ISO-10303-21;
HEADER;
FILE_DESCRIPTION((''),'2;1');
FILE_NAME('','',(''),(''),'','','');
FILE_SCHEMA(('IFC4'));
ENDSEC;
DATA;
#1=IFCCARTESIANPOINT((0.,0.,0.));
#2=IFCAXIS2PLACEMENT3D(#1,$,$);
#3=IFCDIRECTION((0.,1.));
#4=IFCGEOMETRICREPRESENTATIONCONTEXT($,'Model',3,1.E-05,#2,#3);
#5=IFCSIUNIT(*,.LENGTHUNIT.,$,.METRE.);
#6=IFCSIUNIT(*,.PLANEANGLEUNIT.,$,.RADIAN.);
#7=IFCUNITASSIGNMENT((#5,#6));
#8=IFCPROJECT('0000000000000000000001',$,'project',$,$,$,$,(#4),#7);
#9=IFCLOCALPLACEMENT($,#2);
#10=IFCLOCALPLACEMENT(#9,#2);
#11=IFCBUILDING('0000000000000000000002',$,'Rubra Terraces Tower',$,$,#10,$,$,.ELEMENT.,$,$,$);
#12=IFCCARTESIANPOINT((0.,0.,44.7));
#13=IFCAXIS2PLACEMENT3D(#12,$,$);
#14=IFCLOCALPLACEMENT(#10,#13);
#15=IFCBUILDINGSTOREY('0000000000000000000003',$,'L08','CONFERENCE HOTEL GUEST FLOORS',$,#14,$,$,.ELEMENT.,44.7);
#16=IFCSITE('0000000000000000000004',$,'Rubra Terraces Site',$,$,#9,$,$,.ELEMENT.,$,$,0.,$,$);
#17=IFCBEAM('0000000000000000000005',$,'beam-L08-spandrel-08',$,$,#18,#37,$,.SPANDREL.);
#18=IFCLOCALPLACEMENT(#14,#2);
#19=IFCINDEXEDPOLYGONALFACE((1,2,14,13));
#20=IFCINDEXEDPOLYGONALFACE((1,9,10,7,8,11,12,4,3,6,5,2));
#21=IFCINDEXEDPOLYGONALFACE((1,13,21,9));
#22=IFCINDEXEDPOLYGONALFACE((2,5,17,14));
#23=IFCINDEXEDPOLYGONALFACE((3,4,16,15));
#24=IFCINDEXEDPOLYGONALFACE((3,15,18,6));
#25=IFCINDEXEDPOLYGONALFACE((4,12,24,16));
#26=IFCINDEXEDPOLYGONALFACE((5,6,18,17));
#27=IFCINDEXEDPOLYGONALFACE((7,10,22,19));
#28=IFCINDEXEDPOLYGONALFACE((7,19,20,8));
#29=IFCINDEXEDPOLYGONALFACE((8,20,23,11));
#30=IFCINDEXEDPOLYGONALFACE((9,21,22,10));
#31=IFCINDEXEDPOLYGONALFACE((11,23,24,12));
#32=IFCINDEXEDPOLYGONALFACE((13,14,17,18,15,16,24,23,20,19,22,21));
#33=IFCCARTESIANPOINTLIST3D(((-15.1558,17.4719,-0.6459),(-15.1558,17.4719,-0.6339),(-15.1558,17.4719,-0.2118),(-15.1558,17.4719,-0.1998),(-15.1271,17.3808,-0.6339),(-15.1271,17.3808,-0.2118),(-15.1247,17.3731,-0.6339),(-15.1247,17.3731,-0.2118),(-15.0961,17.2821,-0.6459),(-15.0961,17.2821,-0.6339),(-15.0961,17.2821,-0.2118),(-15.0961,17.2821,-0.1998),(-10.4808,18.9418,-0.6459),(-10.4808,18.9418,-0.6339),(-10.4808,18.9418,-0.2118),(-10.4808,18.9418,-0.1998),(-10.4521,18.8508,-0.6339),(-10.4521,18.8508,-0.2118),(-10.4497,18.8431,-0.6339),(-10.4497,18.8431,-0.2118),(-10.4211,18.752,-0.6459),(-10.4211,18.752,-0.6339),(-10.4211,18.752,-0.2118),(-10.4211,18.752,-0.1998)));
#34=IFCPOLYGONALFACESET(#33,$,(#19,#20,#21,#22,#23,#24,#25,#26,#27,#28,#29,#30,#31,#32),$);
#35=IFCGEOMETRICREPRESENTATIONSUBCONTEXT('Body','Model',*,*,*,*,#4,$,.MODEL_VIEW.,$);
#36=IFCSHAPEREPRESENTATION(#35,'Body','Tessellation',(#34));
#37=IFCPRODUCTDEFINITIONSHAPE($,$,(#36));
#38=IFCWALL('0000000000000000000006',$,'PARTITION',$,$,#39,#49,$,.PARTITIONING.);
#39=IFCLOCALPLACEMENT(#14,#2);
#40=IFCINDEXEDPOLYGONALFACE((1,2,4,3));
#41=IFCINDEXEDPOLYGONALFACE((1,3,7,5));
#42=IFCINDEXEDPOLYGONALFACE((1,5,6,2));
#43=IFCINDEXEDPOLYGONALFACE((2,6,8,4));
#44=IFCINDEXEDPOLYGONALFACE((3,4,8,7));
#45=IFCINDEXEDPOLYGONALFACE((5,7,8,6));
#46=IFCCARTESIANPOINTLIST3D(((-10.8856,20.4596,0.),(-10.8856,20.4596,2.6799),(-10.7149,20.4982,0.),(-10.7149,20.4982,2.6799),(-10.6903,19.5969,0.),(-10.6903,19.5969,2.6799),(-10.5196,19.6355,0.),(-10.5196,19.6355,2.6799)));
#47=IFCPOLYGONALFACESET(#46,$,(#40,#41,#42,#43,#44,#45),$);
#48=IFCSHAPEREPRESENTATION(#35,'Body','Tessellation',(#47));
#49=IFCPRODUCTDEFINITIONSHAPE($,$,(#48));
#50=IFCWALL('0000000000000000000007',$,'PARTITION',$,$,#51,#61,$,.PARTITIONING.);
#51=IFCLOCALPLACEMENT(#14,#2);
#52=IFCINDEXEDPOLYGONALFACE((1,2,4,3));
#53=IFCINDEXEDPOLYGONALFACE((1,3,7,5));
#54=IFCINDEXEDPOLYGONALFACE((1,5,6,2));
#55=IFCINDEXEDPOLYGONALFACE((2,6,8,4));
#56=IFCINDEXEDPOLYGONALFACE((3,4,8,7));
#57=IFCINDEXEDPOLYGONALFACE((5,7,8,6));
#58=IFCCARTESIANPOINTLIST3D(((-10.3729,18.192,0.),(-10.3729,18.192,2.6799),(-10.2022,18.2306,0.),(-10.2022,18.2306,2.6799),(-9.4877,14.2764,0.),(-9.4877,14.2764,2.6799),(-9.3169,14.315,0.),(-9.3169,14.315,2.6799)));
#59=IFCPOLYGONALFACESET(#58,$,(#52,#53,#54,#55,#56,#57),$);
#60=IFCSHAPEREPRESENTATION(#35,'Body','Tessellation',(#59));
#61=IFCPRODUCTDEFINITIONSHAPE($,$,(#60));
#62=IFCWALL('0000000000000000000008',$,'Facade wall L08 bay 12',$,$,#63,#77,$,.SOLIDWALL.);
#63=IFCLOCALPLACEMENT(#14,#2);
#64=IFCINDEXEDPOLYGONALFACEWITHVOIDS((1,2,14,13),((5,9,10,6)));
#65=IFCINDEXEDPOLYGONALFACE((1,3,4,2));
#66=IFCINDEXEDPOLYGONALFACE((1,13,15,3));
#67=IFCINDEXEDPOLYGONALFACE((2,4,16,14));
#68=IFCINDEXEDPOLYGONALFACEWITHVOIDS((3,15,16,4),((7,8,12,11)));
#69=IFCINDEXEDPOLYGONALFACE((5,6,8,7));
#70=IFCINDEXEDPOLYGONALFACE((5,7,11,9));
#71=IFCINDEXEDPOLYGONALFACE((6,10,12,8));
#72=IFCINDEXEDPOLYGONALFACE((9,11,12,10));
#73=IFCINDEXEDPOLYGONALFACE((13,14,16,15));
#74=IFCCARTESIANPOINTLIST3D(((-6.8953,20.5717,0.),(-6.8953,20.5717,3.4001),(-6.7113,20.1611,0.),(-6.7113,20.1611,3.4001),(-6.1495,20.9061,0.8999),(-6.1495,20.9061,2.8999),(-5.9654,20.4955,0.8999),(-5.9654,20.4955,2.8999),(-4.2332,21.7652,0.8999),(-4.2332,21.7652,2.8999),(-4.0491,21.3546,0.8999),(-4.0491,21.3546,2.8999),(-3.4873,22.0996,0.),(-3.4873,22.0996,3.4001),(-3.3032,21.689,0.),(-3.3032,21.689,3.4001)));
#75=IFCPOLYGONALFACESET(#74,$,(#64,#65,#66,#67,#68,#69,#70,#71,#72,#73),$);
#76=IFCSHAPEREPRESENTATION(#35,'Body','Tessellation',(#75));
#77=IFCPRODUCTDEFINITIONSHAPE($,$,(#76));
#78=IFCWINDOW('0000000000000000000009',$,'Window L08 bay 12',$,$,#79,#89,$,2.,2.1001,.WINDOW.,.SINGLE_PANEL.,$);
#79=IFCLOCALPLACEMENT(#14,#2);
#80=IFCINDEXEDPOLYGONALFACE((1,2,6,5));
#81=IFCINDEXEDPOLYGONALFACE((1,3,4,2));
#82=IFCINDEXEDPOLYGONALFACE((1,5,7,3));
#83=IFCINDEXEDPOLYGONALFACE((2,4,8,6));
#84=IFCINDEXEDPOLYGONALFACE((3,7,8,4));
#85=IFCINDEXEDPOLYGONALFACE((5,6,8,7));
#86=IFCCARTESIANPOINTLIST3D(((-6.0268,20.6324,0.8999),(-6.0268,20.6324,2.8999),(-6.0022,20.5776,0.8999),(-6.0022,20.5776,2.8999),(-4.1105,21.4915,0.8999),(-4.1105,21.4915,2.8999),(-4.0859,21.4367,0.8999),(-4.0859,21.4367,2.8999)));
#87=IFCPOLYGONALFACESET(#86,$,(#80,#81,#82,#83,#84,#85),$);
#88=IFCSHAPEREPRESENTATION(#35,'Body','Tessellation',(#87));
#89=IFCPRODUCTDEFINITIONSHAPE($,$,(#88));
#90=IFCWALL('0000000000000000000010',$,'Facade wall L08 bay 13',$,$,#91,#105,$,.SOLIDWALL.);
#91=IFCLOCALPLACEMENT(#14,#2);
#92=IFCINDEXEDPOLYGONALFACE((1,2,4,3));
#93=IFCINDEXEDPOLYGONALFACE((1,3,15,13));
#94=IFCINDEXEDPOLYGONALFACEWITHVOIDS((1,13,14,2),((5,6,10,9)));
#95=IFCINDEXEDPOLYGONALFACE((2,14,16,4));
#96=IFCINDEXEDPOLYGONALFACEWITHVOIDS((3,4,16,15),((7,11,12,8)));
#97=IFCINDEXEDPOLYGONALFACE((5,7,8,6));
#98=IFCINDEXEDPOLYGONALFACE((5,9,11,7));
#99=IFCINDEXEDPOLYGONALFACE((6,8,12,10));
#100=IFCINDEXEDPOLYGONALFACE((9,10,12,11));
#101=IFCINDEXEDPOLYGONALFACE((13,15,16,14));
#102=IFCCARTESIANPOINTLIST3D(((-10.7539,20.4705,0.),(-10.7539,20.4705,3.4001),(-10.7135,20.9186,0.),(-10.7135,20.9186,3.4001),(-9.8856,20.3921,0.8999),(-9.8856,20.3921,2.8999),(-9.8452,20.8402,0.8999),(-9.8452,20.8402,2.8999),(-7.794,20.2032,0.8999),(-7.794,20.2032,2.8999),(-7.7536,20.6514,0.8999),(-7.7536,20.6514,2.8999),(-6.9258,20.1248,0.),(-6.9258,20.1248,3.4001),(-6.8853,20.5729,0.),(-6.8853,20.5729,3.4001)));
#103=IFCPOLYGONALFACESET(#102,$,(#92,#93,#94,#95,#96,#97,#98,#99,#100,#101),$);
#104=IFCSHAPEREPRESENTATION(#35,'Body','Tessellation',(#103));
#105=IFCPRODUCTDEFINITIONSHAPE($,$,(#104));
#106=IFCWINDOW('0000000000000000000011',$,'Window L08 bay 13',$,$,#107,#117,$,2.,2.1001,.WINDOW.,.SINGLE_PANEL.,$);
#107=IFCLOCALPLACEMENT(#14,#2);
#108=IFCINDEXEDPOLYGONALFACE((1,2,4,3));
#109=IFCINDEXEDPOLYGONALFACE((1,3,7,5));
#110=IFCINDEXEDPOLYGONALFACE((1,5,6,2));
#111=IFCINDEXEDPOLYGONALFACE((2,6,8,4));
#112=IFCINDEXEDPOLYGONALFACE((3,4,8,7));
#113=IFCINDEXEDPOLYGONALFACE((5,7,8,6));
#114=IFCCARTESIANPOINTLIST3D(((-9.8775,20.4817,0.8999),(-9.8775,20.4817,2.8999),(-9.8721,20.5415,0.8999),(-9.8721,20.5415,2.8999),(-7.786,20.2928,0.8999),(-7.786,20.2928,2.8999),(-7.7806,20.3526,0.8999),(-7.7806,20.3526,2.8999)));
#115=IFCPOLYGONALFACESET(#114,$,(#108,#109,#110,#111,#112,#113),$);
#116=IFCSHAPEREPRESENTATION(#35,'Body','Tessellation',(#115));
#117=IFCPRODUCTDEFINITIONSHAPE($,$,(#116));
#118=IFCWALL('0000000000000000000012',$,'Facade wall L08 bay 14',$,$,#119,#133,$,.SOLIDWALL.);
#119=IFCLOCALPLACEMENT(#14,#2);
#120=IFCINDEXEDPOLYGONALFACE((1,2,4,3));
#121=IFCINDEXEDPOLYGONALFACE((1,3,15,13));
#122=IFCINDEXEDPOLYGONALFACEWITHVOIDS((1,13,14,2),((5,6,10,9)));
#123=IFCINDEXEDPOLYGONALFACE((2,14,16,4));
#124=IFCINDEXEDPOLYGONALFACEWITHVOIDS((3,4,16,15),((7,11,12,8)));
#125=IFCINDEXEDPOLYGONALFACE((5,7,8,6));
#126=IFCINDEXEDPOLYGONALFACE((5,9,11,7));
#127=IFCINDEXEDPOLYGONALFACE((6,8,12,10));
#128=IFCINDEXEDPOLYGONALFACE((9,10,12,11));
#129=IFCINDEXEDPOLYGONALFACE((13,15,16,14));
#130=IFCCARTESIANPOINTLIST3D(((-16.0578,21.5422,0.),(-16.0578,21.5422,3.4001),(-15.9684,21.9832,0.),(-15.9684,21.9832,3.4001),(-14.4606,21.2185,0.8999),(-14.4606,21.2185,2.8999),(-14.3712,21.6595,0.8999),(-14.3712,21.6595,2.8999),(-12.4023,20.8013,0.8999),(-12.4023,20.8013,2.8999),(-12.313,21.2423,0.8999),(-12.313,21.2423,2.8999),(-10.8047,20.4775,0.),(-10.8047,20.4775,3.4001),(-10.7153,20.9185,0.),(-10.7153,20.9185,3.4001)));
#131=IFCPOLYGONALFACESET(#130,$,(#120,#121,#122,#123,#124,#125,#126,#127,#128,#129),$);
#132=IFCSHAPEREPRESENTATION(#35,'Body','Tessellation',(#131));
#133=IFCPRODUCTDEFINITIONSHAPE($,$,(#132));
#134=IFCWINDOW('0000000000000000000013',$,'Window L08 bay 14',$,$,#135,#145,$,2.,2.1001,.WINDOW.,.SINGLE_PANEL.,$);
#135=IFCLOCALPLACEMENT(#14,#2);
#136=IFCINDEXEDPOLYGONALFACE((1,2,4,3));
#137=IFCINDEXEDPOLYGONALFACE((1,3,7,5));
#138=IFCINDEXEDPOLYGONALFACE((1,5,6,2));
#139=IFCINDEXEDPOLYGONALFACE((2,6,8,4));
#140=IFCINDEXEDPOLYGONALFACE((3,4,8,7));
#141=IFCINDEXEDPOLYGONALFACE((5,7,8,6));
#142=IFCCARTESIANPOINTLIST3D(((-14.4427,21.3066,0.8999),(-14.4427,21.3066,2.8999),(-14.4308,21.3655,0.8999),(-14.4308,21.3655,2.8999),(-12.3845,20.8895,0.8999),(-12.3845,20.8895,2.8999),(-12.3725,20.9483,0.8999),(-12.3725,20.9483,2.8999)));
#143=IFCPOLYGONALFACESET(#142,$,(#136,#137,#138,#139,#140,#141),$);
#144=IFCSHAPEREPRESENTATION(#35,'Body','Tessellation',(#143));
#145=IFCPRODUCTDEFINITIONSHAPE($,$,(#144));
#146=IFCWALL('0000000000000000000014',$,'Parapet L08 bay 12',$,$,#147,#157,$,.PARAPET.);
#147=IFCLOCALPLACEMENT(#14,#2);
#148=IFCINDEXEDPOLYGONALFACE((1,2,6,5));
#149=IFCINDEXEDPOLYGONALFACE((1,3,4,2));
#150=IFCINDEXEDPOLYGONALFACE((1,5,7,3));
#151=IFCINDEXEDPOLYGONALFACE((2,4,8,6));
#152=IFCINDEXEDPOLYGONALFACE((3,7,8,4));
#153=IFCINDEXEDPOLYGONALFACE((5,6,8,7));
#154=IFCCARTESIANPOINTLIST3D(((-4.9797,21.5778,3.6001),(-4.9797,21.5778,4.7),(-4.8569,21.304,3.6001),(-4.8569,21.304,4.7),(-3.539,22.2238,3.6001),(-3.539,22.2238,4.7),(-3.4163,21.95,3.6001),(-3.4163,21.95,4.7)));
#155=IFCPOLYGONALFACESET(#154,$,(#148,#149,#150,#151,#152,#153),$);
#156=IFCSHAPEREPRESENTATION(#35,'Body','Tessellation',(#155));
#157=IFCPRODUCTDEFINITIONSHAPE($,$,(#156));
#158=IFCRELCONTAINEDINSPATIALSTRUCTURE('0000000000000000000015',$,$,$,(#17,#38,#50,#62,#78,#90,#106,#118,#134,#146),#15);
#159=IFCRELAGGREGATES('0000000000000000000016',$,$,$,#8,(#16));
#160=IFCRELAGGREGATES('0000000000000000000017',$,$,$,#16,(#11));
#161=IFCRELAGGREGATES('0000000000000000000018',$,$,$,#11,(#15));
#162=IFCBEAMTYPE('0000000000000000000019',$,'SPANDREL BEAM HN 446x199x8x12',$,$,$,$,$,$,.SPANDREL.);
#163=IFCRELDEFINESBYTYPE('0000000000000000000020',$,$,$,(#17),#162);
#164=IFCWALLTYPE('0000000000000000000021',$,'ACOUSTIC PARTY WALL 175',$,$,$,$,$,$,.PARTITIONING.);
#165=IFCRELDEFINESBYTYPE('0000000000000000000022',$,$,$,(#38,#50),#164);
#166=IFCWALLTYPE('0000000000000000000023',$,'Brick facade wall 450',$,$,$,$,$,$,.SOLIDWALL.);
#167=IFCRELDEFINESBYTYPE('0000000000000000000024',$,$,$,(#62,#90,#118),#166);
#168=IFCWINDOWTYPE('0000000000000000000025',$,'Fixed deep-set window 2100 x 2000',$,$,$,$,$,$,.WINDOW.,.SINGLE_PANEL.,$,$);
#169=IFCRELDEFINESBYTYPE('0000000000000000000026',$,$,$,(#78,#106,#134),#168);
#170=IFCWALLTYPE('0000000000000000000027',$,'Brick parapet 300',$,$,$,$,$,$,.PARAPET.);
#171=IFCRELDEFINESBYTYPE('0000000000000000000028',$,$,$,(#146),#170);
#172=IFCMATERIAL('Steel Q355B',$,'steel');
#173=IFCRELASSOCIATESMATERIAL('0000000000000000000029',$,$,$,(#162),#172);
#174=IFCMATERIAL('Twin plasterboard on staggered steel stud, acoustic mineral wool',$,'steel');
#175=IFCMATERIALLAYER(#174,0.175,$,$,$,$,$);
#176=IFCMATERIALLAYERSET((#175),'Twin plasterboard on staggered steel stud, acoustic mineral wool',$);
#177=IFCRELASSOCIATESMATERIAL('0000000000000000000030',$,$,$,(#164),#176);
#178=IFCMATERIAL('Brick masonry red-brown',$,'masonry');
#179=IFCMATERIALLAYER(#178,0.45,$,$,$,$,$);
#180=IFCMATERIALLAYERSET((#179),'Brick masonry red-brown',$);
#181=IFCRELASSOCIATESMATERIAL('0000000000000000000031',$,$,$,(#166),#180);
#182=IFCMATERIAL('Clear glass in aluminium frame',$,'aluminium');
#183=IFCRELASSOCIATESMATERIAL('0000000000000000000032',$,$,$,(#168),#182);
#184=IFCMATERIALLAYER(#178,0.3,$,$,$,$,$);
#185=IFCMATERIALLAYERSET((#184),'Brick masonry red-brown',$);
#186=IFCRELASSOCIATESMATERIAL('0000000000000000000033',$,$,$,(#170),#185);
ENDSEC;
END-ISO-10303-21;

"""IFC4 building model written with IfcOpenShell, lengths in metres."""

from ifc_helpers import new_model, si_unit, direction, frame, frame_2d, origin, origin_2d, place, context, subcontext, project, spatial, rectangle, i_section, extrude, material, layer, layer_set, material_profile, profile_set, type_object, element, fill, save


model = new_model("IFC4")

# Units and contexts
model_context = context("Model", 3, precision=1e-05, world=origin(), true_north=direction((0.0, 1.0)))
body_context = subcontext(model_context, "Body", "Model", "MODEL_VIEW")
ifc_project = project(units=[si_unit("LENGTHUNIT", "METRE"), si_unit("PLANEANGLEUNIT", "RADIAN")], contexts=[model_context])

# Site, building, storey
site_placement = place(None, origin())
site = spatial("IfcSite", under=ifc_project, at=site_placement, Name="Rubra Terraces Site", CompositionType="ELEMENT", RefElevation=0.0)
building_placement = place(site_placement, origin())
building = spatial("IfcBuilding", under=site, at=building_placement, Name="Rubra Terraces Tower", CompositionType="ELEMENT")
storey_placement = place(building_placement, frame((0.0, 0.0, 44.7)))
storey = spatial("IfcBuildingStorey", under=building, at=storey_placement, Name="L08", Description="CONFERENCE HOTEL GUEST FLOORS", CompositionType="ELEMENT", Elevation=44.7)

# Beam
ifc_material_1 = material(Name="Steel Q355B", Category="steel")
ifc_material_profile_1 = material_profile(ifc_material_1, i_section(OverallWidth=0.199, OverallDepth=0.446, WebThickness=0.0081, FlangeThickness=0.012, at=origin_2d()), Name="HN 446x199x8x12")
ifc_profile_set_1 = profile_set([ifc_material_profile_1], Name="Steel Q355B")
beam_type_1 = type_object("IfcBeamType", Name="SPANDREL BEAM HN 446x199x8x12", PredefinedType="SPANDREL", material=ifc_profile_set_1)
beam_1_placement = place(storey_placement, frame((-10.4509, 18.8469, -0.4229), z_axis=(-0.953955, -0.299951, 0.0), x_axis=(0.299951, -0.953955, 0.0)))
element("IfcBeam", 1, at=beam_1_placement, inside=storey, type_object=beam_type_1, Name="beam-L08-spandrel-08", PredefinedType="SPANDREL", context=body_context, shape_type="SweptSolid", body=[
    extrude(i_section(OverallWidth=0.199, OverallDepth=0.446, WebThickness=0.0081, FlangeThickness=0.012, at=origin_2d()), origin(), (0.0, 0.0, 1.0), 4.9006),
])

# Walls
ifc_material_2 = material(Name="Twin plasterboard on staggered steel stud, acoustic mineral wool", Category="steel")
ifc_layer_1 = layer(ifc_material_2, 0.175)
ifc_layer_set_1 = layer_set([ifc_layer_1], Name="Twin plasterboard on staggered steel stud, acoustic mineral wool")
wall_type_1 = type_object("IfcWallType", Name="ACOUSTIC PARTY WALL 175", PredefinedType="PARTITIONING", material=ifc_layer_set_1)
wall_1_placement = place(storey_placement, frame((-10.8003, 20.479, 0.0), z_axis=(0.0, 0.0, 1.0), x_axis=(0.220786, -0.975322, 0.0)))
element("IfcWall", 2, at=wall_1_placement, inside=storey, type_object=wall_type_1, Name="PARTITION", PredefinedType="PARTITIONING", context=body_context, shape_type="SweptSolid", body=[
    extrude(rectangle(XDim=0.8845, YDim=0.175, at=frame_2d((0.4424, 0.0))), origin(), (0.0, 0.0, 1.0), 2.6799),
])
wall_2_placement = place(storey_placement, frame((-10.2876, 18.2114, 0.0), z_axis=(0.0, 0.0, 1.0), x_axis=(0.220522, -0.975382, 0.0)))
element("IfcWall", 3, at=wall_2_placement, inside=storey, type_object=wall_type_1, Name="PARTITION", PredefinedType="PARTITIONING", context=body_context, shape_type="SweptSolid", body=[
    extrude(rectangle(XDim=4.0144, YDim=0.175, at=frame_2d((2.0073, 0.0))), origin(), (0.0, 0.0, 1.0), 2.6799),
])

# Walls, openings, windows
ifc_material_3 = material(Name="Brick masonry red-brown", Category="masonry")
ifc_layer_2 = layer(ifc_material_3, 0.45)
ifc_layer_set_2 = layer_set([ifc_layer_2], Name="Brick masonry red-brown")
wall_type_2 = type_object("IfcWallType", Name="Brick facade wall 450", PredefinedType="SOLIDWALL", material=ifc_layer_set_2)
wall_3_placement = place(storey_placement, frame((-3.3953, 21.8943, 0.0), z_axis=(0.0, 0.0, 1.0), x_axis=(-0.912497, -0.409084, 0.0)))
wall_3 = element("IfcWall", 4, at=wall_3_placement, inside=storey, type_object=wall_type_2, Name="Facade wall L08 bay 12", PredefinedType="SOLIDWALL", context=body_context, shape_type="SweptSolid", body=[
    extrude(rectangle(XDim=3.7349, YDim=0.45, at=frame_2d((1.8674, 0.0))), origin(), (0.0, 0.0, 1.0), 3.4001),
])
opening_1_placement = place(wall_3_placement, frame((0.8174, 0.0, 0.8999)))
opening_1 = element("IfcOpeningElement", 5, at=opening_1_placement, cuts=wall_3, PredefinedType="OPENING", context=body_context, shape_type="SweptSolid", body=[
    extrude(rectangle(XDim=2.1001, YDim=2.0, at=frame_2d((1.05, 1.0))), frame((0.0, 0.2349, 0.0), z_axis=(0.0, -1.0, 0.0), x_axis=(1.0, 0.0, 0.0)), (0.0, 0.0, 1.0), 0.47),
])
ifc_material_4 = material(Name="Clear glass in aluminium frame", Category="aluminium")
window_type = type_object("IfcWindowType", Name="Fixed deep-set window 2100 x 2000", PartitioningType="SINGLE_PANEL", PredefinedType="WINDOW", material=ifc_material_4)
window_1_placement = place(opening_1_placement, origin())
window_1 = element("IfcWindow", 6, at=window_1_placement, inside=storey, type_object=window_type, Name="Window L08 bay 12", OverallHeight=2.0, OverallWidth=2.1001, PartitioningType="SINGLE_PANEL", PredefinedType="WINDOW", context=body_context, shape_type="SweptSolid", body=[
    extrude(rectangle(XDim=2.1001, YDim=2.0, at=frame_2d((1.05, 1.0))), frame((0.0, 0.135, 0.0), z_axis=(0.0, -1.0, 0.0), x_axis=(1.0, 0.0, 0.0)), (0.0, 0.0, 1.0), 0.0601),
])
fill(opening_1, window_1)
wall_4_placement = place(storey_placement, frame((-6.9055, 20.3489, 0.0), z_axis=(0.0, 0.0, 1.0), x_axis=(-0.995947, 0.08994, 0.0)))
wall_4 = element("IfcWall", 7, at=wall_4_placement, inside=storey, type_object=wall_type_2, Name="Facade wall L08 bay 13", PredefinedType="SOLIDWALL", context=body_context, shape_type="SweptSolid", body=[
    extrude(rectangle(XDim=3.8438, YDim=0.45, at=frame_2d((1.9219, 0.0))), origin(), (0.0, 0.0, 1.0), 3.4001),
])
opening_2_placement = place(wall_4_placement, frame((0.8718, 0.0, 0.8999)))
opening_2 = element("IfcOpeningElement", 8, at=opening_2_placement, cuts=wall_4, PredefinedType="OPENING", context=body_context, shape_type="SweptSolid", body=[
    extrude(rectangle(XDim=2.1001, YDim=2.0, at=frame_2d((1.05, 1.0))), frame((0.0, 0.2349, 0.0), z_axis=(0.0, -1.0, 0.0), x_axis=(1.0, 0.0, 0.0)), (0.0, 0.0, 1.0), 0.47),
])
window_2_placement = place(opening_2_placement, origin())
window_2 = element("IfcWindow", 9, at=window_2_placement, inside=storey, type_object=window_type, Name="Window L08 bay 13", OverallHeight=2.0, OverallWidth=2.1001, PartitioningType="SINGLE_PANEL", PredefinedType="WINDOW", context=body_context, shape_type="SweptSolid", body=[
    extrude(rectangle(XDim=2.1001, YDim=2.0, at=frame_2d((1.05, 1.0))), frame((0.0, 0.135, 0.0), z_axis=(0.0, -1.0, 0.0), x_axis=(1.0, 0.0, 0.0)), (0.0, 0.0, 1.0), 0.0601),
])
fill(opening_2, window_2)
wall_5_placement = place(storey_placement, frame((-10.76, 20.698, 0.0), z_axis=(0.0, 0.0, 1.0), x_axis=(-0.980073, 0.198638, 0.0)))
wall_5 = element("IfcWall", 10, at=wall_5_placement, inside=storey, type_object=wall_type_2, Name="Facade wall L08 bay 14", PredefinedType="SOLIDWALL", context=body_context, shape_type="SweptSolid", body=[
    extrude(rectangle(XDim=5.3599, YDim=0.45, at=frame_2d((2.6799, 0.0))), origin(), (0.0, 0.0, 1.0), 3.4001),
])
opening_3_placement = place(wall_5_placement, frame((1.6301, 0.0, 0.8999)))
opening_3 = element("IfcOpeningElement", 11, at=opening_3_placement, cuts=wall_5, PredefinedType="OPENING", context=body_context, shape_type="SweptSolid", body=[
    extrude(rectangle(XDim=2.1001, YDim=2.0, at=frame_2d((1.05, 1.0))), frame((0.0, 0.2349, 0.0), z_axis=(0.0, -1.0, 0.0), x_axis=(1.0, 0.0, 0.0)), (0.0, 0.0, 1.0), 0.47),
])
window_3_placement = place(opening_3_placement, origin())
window_3 = element("IfcWindow", 12, at=window_3_placement, inside=storey, type_object=window_type, Name="Window L08 bay 14", OverallHeight=2.0, OverallWidth=2.1001, PartitioningType="SINGLE_PANEL", PredefinedType="WINDOW", context=body_context, shape_type="SweptSolid", body=[
    extrude(rectangle(XDim=2.1001, YDim=2.0, at=frame_2d((1.05, 1.0))), frame((0.0, 0.135, 0.0), z_axis=(0.0, -1.0, 0.0), x_axis=(1.0, 0.0, 0.0)), (0.0, 0.0, 1.0), 0.0601),
])
fill(opening_3, window_3)

# Wall
ifc_layer_3 = layer(ifc_material_3, 0.3)
ifc_layer_set_3 = layer_set([ifc_layer_3], Name="Brick masonry red-brown")
wall_type_3 = type_object("IfcWallType", Name="Brick parapet 300", PredefinedType="PARAPET", material=ifc_layer_set_3)
wall_6_placement = place(storey_placement, frame((-3.4775, 22.0869, 3.6001), z_axis=(0.0, 0.0, 1.0), x_axis=(-0.912468, -0.409149, 0.0)))
element("IfcWall", 13, at=wall_6_placement, inside=storey, type_object=wall_type_3, Name="Parapet L08 bay 12", PredefinedType="PARAPET", context=body_context, shape_type="SweptSolid", body=[
    extrude(rectangle(XDim=1.5789, YDim=0.3, at=frame_2d((0.7896, 0.0))), origin(), (0.0, 0.0, 1.0), 1.0999),
])

save(model, "model.ifc")
